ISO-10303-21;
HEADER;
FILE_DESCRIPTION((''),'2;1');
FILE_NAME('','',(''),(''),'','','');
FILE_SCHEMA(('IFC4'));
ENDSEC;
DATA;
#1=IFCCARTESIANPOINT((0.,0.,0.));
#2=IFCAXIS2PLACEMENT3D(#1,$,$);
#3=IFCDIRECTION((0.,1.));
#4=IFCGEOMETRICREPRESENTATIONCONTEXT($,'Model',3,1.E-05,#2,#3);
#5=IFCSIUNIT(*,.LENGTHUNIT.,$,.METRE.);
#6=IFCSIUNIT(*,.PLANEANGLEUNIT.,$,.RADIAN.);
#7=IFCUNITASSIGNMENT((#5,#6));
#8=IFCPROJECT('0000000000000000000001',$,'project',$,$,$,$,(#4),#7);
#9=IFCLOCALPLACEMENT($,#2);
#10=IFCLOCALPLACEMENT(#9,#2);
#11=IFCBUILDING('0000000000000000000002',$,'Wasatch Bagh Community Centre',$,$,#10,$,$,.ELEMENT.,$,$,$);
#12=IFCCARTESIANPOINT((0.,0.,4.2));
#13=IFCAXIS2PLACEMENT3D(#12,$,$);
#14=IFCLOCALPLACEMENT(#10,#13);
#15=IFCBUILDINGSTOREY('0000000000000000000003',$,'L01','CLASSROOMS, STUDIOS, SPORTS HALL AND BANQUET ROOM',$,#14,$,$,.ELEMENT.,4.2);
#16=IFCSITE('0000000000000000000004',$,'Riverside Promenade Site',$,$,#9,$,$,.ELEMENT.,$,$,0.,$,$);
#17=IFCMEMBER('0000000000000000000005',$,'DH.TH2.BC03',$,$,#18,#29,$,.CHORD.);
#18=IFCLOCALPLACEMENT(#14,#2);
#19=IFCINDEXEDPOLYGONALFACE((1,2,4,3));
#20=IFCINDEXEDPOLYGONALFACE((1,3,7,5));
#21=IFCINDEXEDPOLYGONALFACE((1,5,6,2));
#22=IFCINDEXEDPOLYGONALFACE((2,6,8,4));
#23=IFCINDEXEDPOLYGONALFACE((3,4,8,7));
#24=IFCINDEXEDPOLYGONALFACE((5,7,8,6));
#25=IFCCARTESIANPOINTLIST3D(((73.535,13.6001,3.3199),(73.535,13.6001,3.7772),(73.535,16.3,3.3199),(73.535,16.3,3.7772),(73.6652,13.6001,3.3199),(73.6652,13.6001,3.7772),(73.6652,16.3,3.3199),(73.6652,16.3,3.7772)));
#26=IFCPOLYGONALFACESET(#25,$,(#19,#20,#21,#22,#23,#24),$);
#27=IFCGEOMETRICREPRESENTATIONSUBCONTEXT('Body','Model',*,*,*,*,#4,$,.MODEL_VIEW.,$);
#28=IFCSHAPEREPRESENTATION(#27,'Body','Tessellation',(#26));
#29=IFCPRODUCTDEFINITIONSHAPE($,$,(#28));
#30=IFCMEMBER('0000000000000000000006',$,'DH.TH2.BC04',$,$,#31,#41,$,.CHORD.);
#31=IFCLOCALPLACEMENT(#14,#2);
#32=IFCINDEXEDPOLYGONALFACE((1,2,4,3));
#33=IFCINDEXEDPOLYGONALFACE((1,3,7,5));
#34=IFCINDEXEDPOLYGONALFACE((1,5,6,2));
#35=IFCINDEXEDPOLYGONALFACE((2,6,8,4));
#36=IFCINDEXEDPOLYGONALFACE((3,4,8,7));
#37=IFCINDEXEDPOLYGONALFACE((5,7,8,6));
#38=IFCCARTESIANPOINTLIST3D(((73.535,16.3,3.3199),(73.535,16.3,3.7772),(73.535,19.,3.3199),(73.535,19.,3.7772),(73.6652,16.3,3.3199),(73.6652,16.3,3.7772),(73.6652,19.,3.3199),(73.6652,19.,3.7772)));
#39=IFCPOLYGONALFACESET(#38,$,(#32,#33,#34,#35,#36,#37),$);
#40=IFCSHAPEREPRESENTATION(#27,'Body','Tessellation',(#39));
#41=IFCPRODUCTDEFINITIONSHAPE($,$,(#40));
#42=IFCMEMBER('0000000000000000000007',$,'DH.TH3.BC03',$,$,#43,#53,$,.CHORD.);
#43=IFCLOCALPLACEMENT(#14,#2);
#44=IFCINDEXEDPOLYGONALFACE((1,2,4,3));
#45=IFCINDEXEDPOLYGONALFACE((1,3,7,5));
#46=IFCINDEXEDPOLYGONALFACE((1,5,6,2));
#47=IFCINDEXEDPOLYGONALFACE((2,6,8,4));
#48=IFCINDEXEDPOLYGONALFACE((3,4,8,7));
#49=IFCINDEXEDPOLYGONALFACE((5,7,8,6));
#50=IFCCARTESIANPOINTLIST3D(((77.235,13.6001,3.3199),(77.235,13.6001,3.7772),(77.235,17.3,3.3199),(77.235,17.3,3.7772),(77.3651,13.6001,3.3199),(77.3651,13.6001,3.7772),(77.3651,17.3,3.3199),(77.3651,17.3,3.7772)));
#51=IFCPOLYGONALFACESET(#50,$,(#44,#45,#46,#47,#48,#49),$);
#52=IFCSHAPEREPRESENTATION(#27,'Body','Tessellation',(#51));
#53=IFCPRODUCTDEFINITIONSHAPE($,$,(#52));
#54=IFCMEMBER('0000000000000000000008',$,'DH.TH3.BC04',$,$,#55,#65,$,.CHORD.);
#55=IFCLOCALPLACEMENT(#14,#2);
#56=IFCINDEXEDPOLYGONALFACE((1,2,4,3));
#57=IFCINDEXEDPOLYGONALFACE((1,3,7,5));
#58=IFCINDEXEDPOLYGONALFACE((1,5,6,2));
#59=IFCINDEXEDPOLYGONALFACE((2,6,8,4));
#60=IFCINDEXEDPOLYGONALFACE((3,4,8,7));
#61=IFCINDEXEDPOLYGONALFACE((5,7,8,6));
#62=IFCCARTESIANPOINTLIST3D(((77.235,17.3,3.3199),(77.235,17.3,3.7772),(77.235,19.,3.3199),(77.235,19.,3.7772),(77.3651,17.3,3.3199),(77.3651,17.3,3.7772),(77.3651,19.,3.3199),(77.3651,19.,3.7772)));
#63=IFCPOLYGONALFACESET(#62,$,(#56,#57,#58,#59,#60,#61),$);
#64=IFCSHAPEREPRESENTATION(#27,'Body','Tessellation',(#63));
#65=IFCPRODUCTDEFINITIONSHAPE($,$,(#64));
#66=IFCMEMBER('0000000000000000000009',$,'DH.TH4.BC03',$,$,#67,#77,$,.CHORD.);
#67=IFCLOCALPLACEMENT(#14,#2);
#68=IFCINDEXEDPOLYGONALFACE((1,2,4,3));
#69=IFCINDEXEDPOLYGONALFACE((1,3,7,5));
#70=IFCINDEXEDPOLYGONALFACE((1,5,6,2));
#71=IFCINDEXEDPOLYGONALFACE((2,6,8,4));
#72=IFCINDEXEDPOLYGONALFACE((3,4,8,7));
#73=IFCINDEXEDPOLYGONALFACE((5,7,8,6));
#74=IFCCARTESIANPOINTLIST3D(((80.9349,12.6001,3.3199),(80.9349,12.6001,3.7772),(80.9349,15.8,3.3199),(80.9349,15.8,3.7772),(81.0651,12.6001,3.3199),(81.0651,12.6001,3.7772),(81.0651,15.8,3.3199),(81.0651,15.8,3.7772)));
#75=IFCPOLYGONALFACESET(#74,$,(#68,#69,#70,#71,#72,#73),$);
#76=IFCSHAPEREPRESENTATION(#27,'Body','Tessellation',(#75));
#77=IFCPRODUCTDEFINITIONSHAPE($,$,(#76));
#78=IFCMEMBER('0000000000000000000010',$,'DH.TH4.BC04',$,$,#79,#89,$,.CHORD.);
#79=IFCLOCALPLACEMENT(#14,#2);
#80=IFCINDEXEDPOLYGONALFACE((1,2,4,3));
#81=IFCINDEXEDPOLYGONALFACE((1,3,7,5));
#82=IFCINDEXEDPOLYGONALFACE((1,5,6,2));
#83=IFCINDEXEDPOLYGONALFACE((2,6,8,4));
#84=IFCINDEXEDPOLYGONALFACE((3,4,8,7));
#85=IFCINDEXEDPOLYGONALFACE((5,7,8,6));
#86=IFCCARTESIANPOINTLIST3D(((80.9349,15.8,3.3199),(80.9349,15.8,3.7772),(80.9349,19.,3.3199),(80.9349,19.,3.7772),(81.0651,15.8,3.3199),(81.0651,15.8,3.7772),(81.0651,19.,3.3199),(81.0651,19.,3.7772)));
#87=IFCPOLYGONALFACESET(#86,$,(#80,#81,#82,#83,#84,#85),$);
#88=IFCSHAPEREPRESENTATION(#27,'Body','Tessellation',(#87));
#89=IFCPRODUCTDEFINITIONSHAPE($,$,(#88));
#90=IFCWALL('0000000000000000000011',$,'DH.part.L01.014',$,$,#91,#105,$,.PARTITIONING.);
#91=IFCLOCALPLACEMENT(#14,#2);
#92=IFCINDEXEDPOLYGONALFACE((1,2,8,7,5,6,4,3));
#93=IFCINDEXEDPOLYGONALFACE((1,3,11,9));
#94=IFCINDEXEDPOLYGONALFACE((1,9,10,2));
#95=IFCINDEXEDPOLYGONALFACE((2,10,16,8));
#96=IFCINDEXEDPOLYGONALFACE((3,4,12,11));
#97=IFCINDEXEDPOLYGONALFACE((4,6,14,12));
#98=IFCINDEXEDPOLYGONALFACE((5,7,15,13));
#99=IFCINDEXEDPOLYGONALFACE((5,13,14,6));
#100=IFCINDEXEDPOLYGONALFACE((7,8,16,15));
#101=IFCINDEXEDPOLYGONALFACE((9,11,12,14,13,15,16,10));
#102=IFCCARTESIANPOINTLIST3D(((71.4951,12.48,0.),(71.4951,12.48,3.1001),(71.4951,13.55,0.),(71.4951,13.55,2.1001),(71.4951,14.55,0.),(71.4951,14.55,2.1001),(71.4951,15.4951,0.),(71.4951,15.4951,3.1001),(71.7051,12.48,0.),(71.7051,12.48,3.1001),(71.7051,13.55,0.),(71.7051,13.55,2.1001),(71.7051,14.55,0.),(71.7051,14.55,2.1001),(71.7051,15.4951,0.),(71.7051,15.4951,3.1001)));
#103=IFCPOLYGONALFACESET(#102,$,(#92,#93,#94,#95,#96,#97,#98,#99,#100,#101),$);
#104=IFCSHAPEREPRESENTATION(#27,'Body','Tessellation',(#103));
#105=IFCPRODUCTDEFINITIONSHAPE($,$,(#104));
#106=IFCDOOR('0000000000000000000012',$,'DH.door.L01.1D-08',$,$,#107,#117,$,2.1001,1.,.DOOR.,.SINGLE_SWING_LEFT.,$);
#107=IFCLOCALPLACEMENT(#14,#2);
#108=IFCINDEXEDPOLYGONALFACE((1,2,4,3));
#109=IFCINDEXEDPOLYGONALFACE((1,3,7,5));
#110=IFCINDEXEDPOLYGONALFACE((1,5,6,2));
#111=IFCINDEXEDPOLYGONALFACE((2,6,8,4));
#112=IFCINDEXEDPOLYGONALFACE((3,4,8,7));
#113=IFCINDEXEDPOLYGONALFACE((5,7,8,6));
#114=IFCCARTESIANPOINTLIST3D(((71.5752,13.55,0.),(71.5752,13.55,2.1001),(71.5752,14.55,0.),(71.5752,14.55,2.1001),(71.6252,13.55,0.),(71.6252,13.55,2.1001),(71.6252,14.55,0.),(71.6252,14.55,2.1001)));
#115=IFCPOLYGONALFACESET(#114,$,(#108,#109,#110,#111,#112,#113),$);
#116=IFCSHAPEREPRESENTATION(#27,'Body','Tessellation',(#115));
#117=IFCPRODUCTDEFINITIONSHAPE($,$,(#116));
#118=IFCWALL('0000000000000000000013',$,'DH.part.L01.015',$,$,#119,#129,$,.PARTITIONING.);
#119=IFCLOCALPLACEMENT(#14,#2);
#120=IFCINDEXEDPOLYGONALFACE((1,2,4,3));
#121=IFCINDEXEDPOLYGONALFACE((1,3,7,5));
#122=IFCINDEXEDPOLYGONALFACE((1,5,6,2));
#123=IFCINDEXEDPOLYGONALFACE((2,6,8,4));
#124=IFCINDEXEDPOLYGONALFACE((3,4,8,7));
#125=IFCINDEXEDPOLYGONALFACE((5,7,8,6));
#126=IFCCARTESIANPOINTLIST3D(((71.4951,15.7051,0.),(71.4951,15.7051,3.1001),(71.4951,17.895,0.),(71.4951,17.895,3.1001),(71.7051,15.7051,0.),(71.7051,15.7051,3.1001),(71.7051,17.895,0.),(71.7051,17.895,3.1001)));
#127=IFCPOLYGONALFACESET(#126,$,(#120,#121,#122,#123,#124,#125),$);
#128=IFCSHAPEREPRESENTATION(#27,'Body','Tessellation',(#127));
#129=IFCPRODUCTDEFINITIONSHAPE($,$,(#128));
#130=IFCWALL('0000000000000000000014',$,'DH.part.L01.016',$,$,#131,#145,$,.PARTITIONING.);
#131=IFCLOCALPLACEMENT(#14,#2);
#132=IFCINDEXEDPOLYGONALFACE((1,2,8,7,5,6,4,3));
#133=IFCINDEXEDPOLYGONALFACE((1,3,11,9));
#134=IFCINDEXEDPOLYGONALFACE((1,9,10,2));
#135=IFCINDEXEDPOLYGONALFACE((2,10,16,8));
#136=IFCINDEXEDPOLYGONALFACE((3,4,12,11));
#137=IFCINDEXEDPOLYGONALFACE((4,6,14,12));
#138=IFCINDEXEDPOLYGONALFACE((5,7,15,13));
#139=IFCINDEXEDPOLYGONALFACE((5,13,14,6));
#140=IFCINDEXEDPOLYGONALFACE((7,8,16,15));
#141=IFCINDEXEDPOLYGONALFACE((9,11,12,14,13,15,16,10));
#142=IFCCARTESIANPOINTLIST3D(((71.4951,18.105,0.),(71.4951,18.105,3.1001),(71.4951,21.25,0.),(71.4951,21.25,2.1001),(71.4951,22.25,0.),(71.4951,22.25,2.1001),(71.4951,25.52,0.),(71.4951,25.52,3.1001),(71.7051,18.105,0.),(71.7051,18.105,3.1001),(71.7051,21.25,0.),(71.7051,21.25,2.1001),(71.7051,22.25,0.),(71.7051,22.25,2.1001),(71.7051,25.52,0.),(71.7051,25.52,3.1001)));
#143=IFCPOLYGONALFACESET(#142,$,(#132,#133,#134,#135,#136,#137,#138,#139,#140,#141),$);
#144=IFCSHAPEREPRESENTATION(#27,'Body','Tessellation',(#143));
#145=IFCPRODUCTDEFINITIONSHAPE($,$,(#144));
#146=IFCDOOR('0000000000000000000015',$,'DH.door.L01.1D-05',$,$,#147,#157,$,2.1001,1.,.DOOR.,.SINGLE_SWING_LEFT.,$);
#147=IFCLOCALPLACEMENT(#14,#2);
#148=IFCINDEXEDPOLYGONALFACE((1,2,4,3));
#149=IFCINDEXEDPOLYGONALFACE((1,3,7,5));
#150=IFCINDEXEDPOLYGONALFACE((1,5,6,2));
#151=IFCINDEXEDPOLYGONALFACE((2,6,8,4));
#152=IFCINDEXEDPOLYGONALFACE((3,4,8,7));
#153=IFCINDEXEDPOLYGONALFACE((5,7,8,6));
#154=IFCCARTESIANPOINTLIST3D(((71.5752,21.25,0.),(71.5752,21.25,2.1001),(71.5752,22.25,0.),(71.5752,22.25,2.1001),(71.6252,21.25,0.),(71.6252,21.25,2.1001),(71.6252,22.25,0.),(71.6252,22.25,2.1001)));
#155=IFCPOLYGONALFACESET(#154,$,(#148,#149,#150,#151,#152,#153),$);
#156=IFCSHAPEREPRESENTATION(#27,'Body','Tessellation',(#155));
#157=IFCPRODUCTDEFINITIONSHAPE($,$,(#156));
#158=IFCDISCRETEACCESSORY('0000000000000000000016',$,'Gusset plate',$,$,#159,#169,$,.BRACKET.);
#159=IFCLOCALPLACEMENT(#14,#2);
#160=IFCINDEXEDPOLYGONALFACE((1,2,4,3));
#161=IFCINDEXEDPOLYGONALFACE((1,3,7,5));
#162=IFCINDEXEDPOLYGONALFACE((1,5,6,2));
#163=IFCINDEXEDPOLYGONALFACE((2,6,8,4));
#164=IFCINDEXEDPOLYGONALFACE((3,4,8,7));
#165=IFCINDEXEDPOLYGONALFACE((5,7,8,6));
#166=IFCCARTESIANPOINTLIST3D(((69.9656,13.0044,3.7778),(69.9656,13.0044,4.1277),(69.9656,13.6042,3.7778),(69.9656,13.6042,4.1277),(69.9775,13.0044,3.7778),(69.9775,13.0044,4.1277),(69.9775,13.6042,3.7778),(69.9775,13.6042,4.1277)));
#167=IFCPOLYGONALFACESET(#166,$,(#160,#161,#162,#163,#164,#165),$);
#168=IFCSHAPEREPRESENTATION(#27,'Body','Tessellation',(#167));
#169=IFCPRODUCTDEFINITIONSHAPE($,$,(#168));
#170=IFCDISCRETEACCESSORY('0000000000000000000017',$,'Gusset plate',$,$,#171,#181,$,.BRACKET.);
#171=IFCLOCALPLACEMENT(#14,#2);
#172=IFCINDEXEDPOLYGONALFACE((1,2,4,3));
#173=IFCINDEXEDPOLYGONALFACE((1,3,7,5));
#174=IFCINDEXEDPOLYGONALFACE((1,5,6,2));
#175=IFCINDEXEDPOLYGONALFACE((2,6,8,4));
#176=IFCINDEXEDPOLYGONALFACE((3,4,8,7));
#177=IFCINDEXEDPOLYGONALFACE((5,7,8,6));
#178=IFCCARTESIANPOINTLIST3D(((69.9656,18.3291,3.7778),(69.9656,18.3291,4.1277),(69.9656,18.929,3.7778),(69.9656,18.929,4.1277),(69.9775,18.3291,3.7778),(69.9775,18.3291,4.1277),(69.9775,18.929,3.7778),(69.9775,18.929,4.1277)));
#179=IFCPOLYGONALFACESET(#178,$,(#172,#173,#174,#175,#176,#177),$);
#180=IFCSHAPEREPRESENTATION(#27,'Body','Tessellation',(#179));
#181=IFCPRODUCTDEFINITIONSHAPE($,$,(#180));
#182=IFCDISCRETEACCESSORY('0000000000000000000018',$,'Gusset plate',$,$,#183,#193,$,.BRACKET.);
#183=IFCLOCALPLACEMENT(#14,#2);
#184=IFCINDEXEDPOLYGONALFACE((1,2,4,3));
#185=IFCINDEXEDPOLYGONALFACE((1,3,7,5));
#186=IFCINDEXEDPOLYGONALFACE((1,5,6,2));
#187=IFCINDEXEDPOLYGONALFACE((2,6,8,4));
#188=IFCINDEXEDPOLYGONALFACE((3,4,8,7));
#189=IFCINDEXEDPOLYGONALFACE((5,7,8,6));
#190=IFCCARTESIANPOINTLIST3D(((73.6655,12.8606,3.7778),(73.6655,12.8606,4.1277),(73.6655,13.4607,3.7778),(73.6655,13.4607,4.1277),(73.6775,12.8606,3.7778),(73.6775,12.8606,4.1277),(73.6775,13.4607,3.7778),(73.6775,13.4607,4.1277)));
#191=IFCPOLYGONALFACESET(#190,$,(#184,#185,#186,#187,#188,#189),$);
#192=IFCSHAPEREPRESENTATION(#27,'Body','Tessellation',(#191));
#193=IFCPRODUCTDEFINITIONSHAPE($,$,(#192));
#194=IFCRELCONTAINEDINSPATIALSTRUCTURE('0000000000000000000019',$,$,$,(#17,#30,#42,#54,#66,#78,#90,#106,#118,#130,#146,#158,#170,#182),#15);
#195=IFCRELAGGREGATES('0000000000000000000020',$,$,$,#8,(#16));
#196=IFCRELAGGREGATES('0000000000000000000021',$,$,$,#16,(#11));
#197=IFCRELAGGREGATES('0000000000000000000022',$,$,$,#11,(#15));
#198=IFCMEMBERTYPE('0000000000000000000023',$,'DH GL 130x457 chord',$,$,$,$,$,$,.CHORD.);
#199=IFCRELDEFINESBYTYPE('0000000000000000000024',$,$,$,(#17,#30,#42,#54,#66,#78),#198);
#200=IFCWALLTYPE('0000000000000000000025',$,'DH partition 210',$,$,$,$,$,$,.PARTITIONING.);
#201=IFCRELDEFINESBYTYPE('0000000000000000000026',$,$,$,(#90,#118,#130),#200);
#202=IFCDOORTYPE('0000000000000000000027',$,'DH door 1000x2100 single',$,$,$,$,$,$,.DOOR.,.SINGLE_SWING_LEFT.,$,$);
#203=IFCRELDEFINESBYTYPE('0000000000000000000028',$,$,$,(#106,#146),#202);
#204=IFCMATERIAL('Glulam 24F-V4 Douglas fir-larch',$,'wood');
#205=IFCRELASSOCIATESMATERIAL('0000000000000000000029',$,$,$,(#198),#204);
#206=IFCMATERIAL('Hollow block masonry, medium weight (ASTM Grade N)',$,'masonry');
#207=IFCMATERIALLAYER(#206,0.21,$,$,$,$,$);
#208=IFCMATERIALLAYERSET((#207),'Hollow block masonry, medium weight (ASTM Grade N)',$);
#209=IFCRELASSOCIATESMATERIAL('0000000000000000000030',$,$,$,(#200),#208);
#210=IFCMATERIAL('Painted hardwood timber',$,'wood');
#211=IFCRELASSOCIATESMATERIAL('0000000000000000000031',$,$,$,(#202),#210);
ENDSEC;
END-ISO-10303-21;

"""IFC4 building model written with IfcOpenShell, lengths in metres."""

from ifc_helpers import new_model, si_unit, direction, frame, frame_2d, origin, origin_2d, place, context, subcontext, project, spatial, polyline, rectangle, outline, extrude, material, layer, layer_set, material_profile, profile_set, type_object, element, fill, save


model = new_model("IFC4")

# Units and contexts
model_context = context("Model", 3, precision=1e-05, world=origin(), true_north=direction((0.0, 1.0)))
body_context = subcontext(model_context, "Body", "Model", "MODEL_VIEW")
ifc_project = project(units=[si_unit("LENGTHUNIT", "METRE"), si_unit("PLANEANGLEUNIT", "RADIAN")], contexts=[model_context])

# Site, building, storey
site_placement = place(None, origin())
site = spatial("IfcSite", under=ifc_project, at=site_placement, Name="Riverside Promenade Site", CompositionType="ELEMENT", RefElevation=0.0)
building_placement = place(site_placement, origin())
building = spatial("IfcBuilding", under=site, at=building_placement, Name="Wasatch Bagh Community Centre", CompositionType="ELEMENT")
storey_placement = place(building_placement, frame((0.0, 0.0, 4.2)))
storey = spatial("IfcBuildingStorey", under=building, at=storey_placement, Name="L01", Description="CLASSROOMS, STUDIOS, SPORTS HALL AND BANQUET ROOM", CompositionType="ELEMENT", Elevation=4.2)

# Members
ifc_material_1 = material(Name="Glulam 24F-V4 Douglas fir-larch", Category="wood")
ifc_material_profile = material_profile(ifc_material_1, rectangle(XDim=0.1301, YDim=0.4573, at=origin_2d()), Name="GL 130x457")
ifc_profile_set = profile_set([ifc_material_profile], Name="Glulam 24F-V4 Douglas fir-larch")
member_type = type_object("IfcMemberType", Name="DH GL 130x457 chord", PredefinedType="CHORD", material=ifc_profile_set)
for number, where, z_axis, x_axis, name in (
    (1, (73.6001, 13.6001, 3.5486), (0.0, 1.0, 0.0), (-1.0, 0.0, 0.0), "DH.TH2.BC03"),
    (2, (73.6001, 16.3, 3.5486), (0.0, 1.0, 0.0), (-1.0, 0.0, 0.0), "DH.TH2.BC04"),
):
    element("IfcMember", number, at=place(storey_placement, frame(where, z_axis=z_axis, x_axis=x_axis)), inside=storey, type_object=member_type, Name=name, PredefinedType="CHORD", context=body_context, shape_type="SweptSolid", body=[
        extrude(rectangle(XDim=0.1301, YDim=0.4573, at=origin_2d()), origin(), (0.0, 0.0, 1.0), 2.7),
    ])
member_1_placement = place(storey_placement, frame((77.3, 13.6001, 3.5486), z_axis=(0.0, 1.0, 0.0), x_axis=(-1.0, 0.0, 0.0)))
element("IfcMember", 3, at=member_1_placement, inside=storey, type_object=member_type, Name="DH.TH3.BC03", PredefinedType="CHORD", context=body_context, shape_type="SweptSolid", body=[
    extrude(rectangle(XDim=0.1301, YDim=0.4573, at=origin_2d()), origin(), (0.0, 0.0, 1.0), 3.7),
])
member_2_placement = place(storey_placement, frame((77.3, 17.3, 3.5486), z_axis=(0.0, 1.0, 0.0), x_axis=(-1.0, 0.0, 0.0)))
element("IfcMember", 4, at=member_2_placement, inside=storey, type_object=member_type, Name="DH.TH3.BC04", PredefinedType="CHORD", context=body_context, shape_type="SweptSolid", body=[
    extrude(rectangle(XDim=0.1301, YDim=0.4573, at=origin_2d()), origin(), (0.0, 0.0, 1.0), 1.7),
])
for number, where, z_axis, x_axis, name in (
    (5, (81.0, 12.6001, 3.5486), (0.0, 1.0, 0.0), (-1.0, 0.0, 0.0), "DH.TH4.BC03"),
    (6, (81.0, 15.8, 3.5486), (0.0, 1.0, 0.0), (-1.0, 0.0, 0.0), "DH.TH4.BC04"),
):
    element("IfcMember", number, at=place(storey_placement, frame(where, z_axis=z_axis, x_axis=x_axis)), inside=storey, type_object=member_type, Name=name, PredefinedType="CHORD", context=body_context, shape_type="SweptSolid", body=[
        extrude(rectangle(XDim=0.1301, YDim=0.4573, at=origin_2d()), origin(), (0.0, 0.0, 1.0), 3.2),
    ])

# Wall, opening, door
ifc_material_2 = material(Name="Hollow block masonry, medium weight (ASTM Grade N)", Category="masonry")
ifc_layer = layer(ifc_material_2, 0.21)
ifc_layer_set = layer_set([ifc_layer], Name="Hollow block masonry, medium weight (ASTM Grade N)")
wall_type = type_object("IfcWallType", Name="DH partition 210", PredefinedType="PARTITIONING", material=ifc_layer_set)
wall_1_placement = place(storey_placement, frame((71.6001, 12.48, 0.0), z_axis=(0.0, 0.0, 1.0), x_axis=(0.0, 1.0, 0.0)))
wall_1 = element("IfcWall", 7, at=wall_1_placement, inside=storey, type_object=wall_type, Name="DH.part.L01.014", PredefinedType="PARTITIONING", context=body_context, shape_type="SweptSolid", body=[
    extrude(rectangle(XDim=3.0151, YDim=0.21, at=frame_2d((1.5076, 0.0))), origin(), (0.0, 0.0, 1.0), 3.1001),
])
opening_1_placement = place(wall_1_placement, frame((1.0701, 0.0, 0.0)))
opening_1 = element("IfcOpeningElement", 8, at=opening_1_placement, cuts=wall_1, PredefinedType="OPENING", context=body_context, shape_type="SweptSolid", body=[
    extrude(rectangle(XDim=1.0, YDim=2.1001, at=frame_2d((0.5, 1.05))), frame((0.0, 0.115, 0.0), z_axis=(0.0, -1.0, 0.0), x_axis=(1.0, 0.0, 0.0)), (0.0, 0.0, 1.0), 0.23),
])
ifc_material_3 = material(Name="Painted hardwood timber", Category="wood")
door_type = type_object("IfcDoorType", Name="DH door 1000x2100 single", OperationType="SINGLE_SWING_LEFT", PredefinedType="DOOR", material=ifc_material_3)
door_1_placement = place(opening_1_placement, origin())
door_1 = element("IfcDoor", 9, at=door_1_placement, inside=storey, type_object=door_type, Name="DH.door.L01.1D-08", OperationType="SINGLE_SWING_LEFT", OverallHeight=2.1001, OverallWidth=1.0, PredefinedType="DOOR", context=body_context, shape_type="SweptSolid", body=[
    extrude(rectangle(XDim=1.0, YDim=2.1001, at=frame_2d((0.5, 1.05))), frame((0.0, 0.0249, 0.0), z_axis=(0.0, -1.0, 0.0), x_axis=(1.0, 0.0, 0.0)), (0.0, 0.0, 1.0), 0.05),
])
fill(opening_1, door_1)

# Wall
wall_2_placement = place(storey_placement, frame((71.6001, 15.7051, 0.0), z_axis=(0.0, 0.0, 1.0), x_axis=(0.0, 1.0, 0.0)))
element("IfcWall", 10, at=wall_2_placement, inside=storey, type_object=wall_type, Name="DH.part.L01.015", PredefinedType="PARTITIONING", context=body_context, shape_type="SweptSolid", body=[
    extrude(rectangle(XDim=2.1899, YDim=0.21, at=frame_2d((1.095, 0.0))), origin(), (0.0, 0.0, 1.0), 3.1001),
])

# Wall, opening, door
wall_3_placement = place(storey_placement, frame((71.6001, 18.105, 0.0), z_axis=(0.0, 0.0, 1.0), x_axis=(0.0, 1.0, 0.0)))
wall_3 = element("IfcWall", 11, at=wall_3_placement, inside=storey, type_object=wall_type, Name="DH.part.L01.016", PredefinedType="PARTITIONING", context=body_context, shape_type="SweptSolid", body=[
    extrude(rectangle(XDim=7.415, YDim=0.21, at=frame_2d((3.7075, 0.0))), origin(), (0.0, 0.0, 1.0), 3.1001),
])
opening_2_placement = place(wall_3_placement, frame((3.145, 0.0, 0.0)))
opening_2 = element("IfcOpeningElement", 12, at=opening_2_placement, cuts=wall_3, PredefinedType="OPENING", context=body_context, shape_type="SweptSolid", body=[
    extrude(rectangle(XDim=1.0, YDim=2.1001, at=frame_2d((0.5, 1.05))), frame((0.0, 0.115, 0.0), z_axis=(0.0, -1.0, 0.0), x_axis=(1.0, 0.0, 0.0)), (0.0, 0.0, 1.0), 0.23),
])
door_2_placement = place(opening_2_placement, origin())
door_2 = element("IfcDoor", 13, at=door_2_placement, inside=storey, type_object=door_type, Name="DH.door.L01.1D-05", OperationType="SINGLE_SWING_LEFT", OverallHeight=2.1001, OverallWidth=1.0, PredefinedType="DOOR", context=body_context, shape_type="SweptSolid", body=[
    extrude(rectangle(XDim=1.0, YDim=2.1001, at=frame_2d((0.5, 1.05))), frame((0.0, 0.0249, 0.0), z_axis=(0.0, -1.0, 0.0), x_axis=(1.0, 0.0, 0.0)), (0.0, 0.0, 1.0), 0.05),
])
fill(opening_2, door_2)

# Discrete accessories
for number, where, z_axis, x_axis, name in (
    (14, (69.9775, 13.0044, 3.7778), (1.0, 0.0, 0.0), (0.0, 1.0, 0.0), "Gusset plate"),
    (15, (69.9775, 18.3291, 3.7778), (1.0, 0.0, 0.0), (0.0, 1.0, 0.0), "Gusset plate"),
):
    element("IfcDiscreteAccessory", number, at=place(storey_placement, frame(where, z_axis=z_axis, x_axis=x_axis)), inside=storey, Name=name, PredefinedType="BRACKET", context=body_context, shape_type="SweptSolid", body=[
        extrude(outline(polyline([(0.0, 0.0), (0.5999, 0.0), (0.5999, 0.3499), (0.0, 0.3499), (0.0, 0.0)])), origin(), (0.0, 0.0, -1.0), 0.012),
    ])
for number, where, z_axis, x_axis, name in (
    (16, (73.6775, 12.8606, 3.7778), (1.0, 0.0, 0.0), (0.0, 1.0, 0.0), "Gusset plate"),
):
    element("IfcDiscreteAccessory", number, at=place(storey_placement, frame(where, z_axis=z_axis, x_axis=x_axis)), inside=storey, Name=name, PredefinedType="BRACKET", context=body_context, shape_type="SweptSolid", body=[
        extrude(outline(polyline([(0.0, 0.0), (0.6001, 0.0), (0.6001, 0.3499), (0.0, 0.3499), (0.0, 0.0)])), origin(), (0.0, 0.0, -1.0), 0.012),
    ])

save(model, "model.ifc")
